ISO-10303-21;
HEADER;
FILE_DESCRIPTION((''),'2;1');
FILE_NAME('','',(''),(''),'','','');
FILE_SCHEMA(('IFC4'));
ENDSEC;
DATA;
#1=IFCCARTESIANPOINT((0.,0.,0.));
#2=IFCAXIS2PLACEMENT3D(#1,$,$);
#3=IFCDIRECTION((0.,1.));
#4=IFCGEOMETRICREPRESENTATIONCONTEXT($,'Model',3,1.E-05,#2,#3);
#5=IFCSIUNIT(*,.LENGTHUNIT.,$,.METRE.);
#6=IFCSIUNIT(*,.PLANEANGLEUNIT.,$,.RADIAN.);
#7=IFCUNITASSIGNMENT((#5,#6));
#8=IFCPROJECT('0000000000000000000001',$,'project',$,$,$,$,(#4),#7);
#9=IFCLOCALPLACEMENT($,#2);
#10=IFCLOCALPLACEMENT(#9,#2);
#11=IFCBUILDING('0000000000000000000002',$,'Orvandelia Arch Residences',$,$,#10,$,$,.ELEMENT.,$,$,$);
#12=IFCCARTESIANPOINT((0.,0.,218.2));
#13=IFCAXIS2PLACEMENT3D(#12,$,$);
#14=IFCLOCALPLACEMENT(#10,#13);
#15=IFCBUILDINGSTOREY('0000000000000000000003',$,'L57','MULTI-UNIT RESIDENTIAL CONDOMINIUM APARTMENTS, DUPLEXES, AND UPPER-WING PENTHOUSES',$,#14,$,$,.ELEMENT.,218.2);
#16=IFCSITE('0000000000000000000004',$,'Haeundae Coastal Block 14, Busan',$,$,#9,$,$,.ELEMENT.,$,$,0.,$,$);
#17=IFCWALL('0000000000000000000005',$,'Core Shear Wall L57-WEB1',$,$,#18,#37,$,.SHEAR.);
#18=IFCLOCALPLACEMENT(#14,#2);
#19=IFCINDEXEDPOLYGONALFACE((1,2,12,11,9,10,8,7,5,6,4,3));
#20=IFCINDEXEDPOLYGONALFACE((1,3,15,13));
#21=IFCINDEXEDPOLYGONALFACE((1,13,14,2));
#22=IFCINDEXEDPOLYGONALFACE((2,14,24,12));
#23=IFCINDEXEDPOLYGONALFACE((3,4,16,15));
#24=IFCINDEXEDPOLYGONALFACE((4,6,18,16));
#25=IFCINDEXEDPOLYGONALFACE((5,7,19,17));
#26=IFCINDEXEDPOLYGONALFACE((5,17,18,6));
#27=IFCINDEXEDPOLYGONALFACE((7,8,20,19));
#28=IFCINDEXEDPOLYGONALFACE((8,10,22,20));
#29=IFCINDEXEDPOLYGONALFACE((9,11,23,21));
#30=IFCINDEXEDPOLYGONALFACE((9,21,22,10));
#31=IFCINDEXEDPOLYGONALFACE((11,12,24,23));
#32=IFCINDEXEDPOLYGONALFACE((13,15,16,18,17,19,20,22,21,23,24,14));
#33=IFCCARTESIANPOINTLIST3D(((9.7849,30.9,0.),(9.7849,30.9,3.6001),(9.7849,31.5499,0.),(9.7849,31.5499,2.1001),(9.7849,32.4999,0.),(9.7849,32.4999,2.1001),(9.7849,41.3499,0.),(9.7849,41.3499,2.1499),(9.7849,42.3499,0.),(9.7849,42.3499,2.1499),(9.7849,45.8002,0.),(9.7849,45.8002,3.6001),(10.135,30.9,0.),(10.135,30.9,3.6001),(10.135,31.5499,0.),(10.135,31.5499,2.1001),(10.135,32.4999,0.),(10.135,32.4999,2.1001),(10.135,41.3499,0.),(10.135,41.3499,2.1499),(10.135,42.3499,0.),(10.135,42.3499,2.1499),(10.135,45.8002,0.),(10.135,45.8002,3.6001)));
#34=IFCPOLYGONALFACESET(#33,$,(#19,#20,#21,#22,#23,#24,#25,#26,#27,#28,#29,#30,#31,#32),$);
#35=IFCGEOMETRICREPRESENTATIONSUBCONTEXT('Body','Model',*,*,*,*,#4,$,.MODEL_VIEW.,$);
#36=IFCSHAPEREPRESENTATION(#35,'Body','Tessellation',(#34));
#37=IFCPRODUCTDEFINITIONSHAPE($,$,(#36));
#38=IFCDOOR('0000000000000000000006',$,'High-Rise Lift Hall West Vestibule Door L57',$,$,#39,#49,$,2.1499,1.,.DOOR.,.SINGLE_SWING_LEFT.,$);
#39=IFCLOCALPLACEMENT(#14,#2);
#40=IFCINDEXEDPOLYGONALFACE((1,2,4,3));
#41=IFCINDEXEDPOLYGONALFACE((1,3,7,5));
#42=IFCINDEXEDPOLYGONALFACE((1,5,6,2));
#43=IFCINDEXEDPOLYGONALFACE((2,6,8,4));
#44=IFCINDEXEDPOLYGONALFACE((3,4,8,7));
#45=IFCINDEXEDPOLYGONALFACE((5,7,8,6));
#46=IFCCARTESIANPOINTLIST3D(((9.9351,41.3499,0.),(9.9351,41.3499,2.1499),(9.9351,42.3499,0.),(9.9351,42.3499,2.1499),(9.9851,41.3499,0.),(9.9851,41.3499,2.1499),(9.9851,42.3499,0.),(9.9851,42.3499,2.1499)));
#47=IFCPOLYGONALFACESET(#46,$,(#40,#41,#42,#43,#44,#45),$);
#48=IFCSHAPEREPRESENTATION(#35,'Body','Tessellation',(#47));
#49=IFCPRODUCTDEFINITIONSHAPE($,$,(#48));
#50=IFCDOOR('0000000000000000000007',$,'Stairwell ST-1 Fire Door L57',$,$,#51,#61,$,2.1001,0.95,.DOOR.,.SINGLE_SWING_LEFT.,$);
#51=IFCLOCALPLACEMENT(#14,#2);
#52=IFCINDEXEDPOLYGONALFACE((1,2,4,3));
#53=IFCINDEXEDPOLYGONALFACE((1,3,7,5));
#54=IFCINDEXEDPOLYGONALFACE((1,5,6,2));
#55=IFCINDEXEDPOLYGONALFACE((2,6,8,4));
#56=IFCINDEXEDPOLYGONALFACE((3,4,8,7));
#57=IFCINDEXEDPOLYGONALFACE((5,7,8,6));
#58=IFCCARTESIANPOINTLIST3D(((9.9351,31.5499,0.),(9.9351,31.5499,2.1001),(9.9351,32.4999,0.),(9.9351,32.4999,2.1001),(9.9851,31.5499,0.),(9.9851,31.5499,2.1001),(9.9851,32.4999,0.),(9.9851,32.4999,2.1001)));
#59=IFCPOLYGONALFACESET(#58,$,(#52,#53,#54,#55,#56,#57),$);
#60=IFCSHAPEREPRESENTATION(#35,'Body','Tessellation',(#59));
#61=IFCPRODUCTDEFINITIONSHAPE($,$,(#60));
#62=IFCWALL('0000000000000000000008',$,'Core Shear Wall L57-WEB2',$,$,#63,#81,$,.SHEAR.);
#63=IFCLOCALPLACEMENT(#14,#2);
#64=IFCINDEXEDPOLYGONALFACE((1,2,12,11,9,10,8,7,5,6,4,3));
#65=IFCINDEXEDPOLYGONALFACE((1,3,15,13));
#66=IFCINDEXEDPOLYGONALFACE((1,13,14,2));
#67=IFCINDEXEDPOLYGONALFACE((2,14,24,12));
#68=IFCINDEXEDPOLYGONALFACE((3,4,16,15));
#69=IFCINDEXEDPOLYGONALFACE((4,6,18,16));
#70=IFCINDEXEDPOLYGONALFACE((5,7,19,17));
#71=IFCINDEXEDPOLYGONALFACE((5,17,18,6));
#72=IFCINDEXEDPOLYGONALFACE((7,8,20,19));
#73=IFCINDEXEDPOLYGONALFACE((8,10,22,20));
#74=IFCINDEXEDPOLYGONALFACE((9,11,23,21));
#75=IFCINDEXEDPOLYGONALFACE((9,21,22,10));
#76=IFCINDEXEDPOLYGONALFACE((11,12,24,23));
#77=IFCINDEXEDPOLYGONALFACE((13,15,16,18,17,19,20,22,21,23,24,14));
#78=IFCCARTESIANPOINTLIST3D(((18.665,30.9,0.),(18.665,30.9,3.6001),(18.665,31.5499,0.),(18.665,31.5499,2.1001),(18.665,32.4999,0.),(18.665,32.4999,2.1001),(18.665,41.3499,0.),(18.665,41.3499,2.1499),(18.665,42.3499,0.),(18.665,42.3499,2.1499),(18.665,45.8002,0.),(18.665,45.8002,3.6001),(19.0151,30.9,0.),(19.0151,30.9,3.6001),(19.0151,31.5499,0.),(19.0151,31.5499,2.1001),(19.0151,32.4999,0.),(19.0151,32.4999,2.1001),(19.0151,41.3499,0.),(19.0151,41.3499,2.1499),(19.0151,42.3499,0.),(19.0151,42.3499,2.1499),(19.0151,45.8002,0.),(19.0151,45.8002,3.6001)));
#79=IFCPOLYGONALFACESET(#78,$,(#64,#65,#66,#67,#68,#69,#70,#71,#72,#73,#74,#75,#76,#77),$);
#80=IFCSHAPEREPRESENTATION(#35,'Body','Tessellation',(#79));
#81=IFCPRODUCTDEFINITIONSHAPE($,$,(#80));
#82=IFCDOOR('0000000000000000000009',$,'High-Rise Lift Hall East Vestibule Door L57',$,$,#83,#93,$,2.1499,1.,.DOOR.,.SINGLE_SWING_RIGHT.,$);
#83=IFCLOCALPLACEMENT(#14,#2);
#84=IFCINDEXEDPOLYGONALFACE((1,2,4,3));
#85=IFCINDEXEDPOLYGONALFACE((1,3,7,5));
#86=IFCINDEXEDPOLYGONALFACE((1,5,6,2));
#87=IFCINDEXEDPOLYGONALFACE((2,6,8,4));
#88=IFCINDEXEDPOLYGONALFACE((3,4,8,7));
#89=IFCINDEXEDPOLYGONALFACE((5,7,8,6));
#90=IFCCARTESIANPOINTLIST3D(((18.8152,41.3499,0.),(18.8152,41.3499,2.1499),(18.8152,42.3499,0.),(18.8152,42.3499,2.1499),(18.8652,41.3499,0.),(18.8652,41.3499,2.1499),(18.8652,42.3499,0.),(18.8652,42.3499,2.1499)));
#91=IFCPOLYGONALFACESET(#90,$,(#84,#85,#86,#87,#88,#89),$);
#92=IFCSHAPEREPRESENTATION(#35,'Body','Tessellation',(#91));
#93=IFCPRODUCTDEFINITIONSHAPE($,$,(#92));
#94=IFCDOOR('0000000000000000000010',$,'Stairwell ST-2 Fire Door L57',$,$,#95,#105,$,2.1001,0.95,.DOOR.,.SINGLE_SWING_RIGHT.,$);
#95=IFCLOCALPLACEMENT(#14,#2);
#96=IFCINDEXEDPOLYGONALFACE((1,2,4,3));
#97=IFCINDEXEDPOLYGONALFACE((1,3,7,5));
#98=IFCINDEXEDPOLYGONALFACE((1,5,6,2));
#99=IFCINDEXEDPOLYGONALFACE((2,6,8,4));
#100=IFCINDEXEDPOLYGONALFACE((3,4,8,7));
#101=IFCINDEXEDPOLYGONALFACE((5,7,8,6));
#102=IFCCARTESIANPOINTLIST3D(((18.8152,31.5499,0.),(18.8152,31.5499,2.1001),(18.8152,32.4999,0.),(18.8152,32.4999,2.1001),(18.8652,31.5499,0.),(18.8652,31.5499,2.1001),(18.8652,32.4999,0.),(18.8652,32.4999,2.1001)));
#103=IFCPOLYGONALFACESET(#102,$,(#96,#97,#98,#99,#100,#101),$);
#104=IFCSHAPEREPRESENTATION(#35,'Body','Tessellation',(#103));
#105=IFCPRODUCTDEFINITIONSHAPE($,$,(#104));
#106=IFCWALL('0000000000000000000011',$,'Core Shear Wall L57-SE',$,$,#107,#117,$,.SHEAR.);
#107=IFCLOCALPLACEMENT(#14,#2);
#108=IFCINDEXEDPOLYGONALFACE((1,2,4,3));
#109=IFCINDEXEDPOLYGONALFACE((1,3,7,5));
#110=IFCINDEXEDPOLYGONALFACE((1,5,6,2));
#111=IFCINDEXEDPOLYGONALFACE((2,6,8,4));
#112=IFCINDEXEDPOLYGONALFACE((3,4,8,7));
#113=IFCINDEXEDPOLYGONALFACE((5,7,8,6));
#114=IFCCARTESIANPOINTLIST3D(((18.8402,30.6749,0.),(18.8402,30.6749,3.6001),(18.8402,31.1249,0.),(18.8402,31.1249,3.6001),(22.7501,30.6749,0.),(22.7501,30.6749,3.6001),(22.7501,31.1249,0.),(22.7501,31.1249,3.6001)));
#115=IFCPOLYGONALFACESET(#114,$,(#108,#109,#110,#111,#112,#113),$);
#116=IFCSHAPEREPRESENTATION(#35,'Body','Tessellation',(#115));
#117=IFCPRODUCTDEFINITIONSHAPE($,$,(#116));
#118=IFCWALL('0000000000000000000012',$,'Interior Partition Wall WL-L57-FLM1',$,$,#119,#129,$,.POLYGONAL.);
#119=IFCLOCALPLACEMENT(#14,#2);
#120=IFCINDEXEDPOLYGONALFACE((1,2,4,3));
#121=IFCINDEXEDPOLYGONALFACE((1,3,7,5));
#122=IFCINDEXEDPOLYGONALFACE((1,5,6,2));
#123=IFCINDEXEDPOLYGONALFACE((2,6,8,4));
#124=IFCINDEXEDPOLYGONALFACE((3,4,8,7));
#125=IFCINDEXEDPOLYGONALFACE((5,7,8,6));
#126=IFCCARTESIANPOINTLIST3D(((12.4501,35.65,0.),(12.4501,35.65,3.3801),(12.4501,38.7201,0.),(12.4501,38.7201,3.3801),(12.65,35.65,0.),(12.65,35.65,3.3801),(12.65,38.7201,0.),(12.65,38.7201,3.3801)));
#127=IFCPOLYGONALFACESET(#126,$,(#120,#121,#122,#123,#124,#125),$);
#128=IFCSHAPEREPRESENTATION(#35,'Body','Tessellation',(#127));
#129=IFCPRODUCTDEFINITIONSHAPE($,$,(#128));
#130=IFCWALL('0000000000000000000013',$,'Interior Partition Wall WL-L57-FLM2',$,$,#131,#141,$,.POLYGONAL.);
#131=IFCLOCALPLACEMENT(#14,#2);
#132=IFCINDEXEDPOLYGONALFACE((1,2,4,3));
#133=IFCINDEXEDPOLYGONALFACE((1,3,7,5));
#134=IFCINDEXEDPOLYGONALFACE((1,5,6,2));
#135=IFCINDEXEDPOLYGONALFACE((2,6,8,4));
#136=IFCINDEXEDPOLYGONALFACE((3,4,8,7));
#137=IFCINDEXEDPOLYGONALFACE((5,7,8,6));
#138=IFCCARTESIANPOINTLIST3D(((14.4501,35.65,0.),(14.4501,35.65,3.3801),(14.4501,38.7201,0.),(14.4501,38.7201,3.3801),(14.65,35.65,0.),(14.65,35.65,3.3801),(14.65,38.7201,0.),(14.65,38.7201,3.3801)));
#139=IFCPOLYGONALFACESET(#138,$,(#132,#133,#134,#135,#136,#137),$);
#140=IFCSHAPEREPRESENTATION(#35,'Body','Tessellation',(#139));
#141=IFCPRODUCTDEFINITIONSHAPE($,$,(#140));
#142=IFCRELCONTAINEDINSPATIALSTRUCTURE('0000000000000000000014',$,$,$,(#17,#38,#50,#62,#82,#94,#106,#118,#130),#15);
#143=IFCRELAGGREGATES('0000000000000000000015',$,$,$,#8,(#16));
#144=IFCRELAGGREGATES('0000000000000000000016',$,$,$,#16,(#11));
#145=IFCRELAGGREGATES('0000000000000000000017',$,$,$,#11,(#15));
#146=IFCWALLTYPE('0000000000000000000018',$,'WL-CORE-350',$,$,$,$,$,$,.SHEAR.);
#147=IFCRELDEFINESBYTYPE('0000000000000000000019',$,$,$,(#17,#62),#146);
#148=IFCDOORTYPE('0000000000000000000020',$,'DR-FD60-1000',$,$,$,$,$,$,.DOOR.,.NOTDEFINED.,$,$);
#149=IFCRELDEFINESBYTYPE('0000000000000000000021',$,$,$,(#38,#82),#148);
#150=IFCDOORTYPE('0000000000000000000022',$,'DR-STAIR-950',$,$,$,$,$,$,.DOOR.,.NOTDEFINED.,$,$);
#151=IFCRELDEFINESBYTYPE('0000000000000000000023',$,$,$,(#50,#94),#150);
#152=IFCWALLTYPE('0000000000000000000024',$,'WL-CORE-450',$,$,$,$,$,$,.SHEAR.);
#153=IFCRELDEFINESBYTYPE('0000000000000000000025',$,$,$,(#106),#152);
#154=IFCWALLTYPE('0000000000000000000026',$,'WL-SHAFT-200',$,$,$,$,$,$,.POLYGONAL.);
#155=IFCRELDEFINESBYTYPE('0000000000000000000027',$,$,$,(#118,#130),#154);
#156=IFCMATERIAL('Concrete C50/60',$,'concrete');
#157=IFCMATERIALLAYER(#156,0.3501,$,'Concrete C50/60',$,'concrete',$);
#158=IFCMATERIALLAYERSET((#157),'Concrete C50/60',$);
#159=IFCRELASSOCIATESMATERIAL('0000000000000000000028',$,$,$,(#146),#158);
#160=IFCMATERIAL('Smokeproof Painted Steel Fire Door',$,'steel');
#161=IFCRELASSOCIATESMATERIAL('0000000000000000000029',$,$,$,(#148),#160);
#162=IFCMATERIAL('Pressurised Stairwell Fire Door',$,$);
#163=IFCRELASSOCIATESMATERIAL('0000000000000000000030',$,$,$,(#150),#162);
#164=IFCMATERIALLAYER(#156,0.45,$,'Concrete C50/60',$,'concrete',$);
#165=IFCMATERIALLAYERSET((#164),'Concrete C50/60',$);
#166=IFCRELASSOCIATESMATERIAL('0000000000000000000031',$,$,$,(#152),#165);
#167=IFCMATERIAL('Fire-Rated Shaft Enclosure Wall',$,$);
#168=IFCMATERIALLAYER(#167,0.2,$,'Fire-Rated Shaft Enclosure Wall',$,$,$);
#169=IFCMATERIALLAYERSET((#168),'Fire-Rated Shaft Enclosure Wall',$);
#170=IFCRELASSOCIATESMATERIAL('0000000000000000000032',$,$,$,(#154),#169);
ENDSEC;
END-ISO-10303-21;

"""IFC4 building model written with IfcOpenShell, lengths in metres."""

from ifc_helpers import new_model, si_unit, direction, frame, frame_2d, origin, place, context, subcontext, project, spatial, rectangle, extrude, material, layer, layer_set, type_object, element, fill, save


model = new_model("IFC4")

# Units and contexts
model_context = context("Model", 3, precision=1e-05, world=origin(), true_north=direction((0.0, 1.0)))
body_context = subcontext(model_context, "Body", "Model", "MODEL_VIEW")
ifc_project = project(units=[si_unit("LENGTHUNIT", "METRE"), si_unit("PLANEANGLEUNIT", "RADIAN")], contexts=[model_context])

# Site, building, storey
site_placement = place(None, origin())
site = spatial("IfcSite", under=ifc_project, at=site_placement, Name="Haeundae Coastal Block 14, Busan", CompositionType="ELEMENT", RefElevation=0.0)
building_placement = place(site_placement, origin())
building = spatial("IfcBuilding", under=site, at=building_placement, Name="Orvandelia Arch Residences", CompositionType="ELEMENT")
storey_placement = place(building_placement, frame((0.0, 0.0, 218.2)))
storey = spatial("IfcBuildingStorey", under=building, at=storey_placement, Name="L57", Description="MULTI-UNIT RESIDENTIAL CONDOMINIUM APARTMENTS, DUPLEXES, AND UPPER-WING PENTHOUSES", CompositionType="ELEMENT", Elevation=218.2)

# Walls, openings, doors
ifc_material_1 = material(Name="Concrete C50/60", Category="concrete")
ifc_layer_1 = layer(ifc_material_1, 0.3501, Name="Concrete C50/60", Category="concrete")
ifc_layer_set_1 = layer_set([ifc_layer_1], Name="Concrete C50/60")
wall_type_1 = type_object("IfcWallType", Name="WL-CORE-350", PredefinedType="SHEAR", material=ifc_layer_set_1)
wall_1_placement = place(storey_placement, frame((9.96, 30.8999, 0.0), z_axis=(0.0, 0.0, 1.0), x_axis=(0.0, 1.0, 0.0)))
wall_1 = element("IfcWall", 1, at=wall_1_placement, inside=storey, type_object=wall_type_1, Name="Core Shear Wall L57-WEB1", PredefinedType="SHEAR", context=body_context, shape_type="SweptSolid", body=[
    extrude(rectangle(XDim=14.9001, YDim=0.3501, at=frame_2d((7.4502, 0.0))), origin(), (0.0, 0.0, 1.0), 3.6001),
])
opening_1_placement = place(wall_1_placement, frame((0.6499, 0.0, 0.0)))
opening_1 = element("IfcOpeningElement", 2, at=opening_1_placement, cuts=wall_1, PredefinedType="OPENING", context=body_context, shape_type="SweptSolid", body=[
    extrude(rectangle(XDim=0.95, YDim=2.1001, at=frame_2d((0.4751, 1.05))), frame((0.0, 0.1851, 0.0), z_axis=(0.0, -1.0, 0.0), x_axis=(1.0, 0.0, 0.0)), (0.0, 0.0, 1.0), 0.3701),
])
opening_2_placement = place(wall_1_placement, frame((10.45, 0.0, 0.0)))
opening_2 = element("IfcOpeningElement", 3, at=opening_2_placement, cuts=wall_1, PredefinedType="OPENING", context=body_context, shape_type="SweptSolid", body=[
    extrude(rectangle(XDim=1.0, YDim=2.1499, at=frame_2d((0.5, 1.075))), frame((0.0, 0.1851, 0.0), z_axis=(0.0, -1.0, 0.0), x_axis=(1.0, 0.0, 0.0)), (0.0, 0.0, 1.0), 0.3701),
])
ifc_material_2 = material(Name="Smokeproof Painted Steel Fire Door", Category="steel")
door_type_1 = type_object("IfcDoorType", Name="DR-FD60-1000", OperationType="NOTDEFINED", PredefinedType="DOOR", material=ifc_material_2)
door_1_placement = place(opening_2_placement, origin())
door_1 = element("IfcDoor", 4, at=door_1_placement, inside=storey, type_object=door_type_1, Name="High-Rise Lift Hall West Vestibule Door L57", OperationType="SINGLE_SWING_LEFT", OverallHeight=2.1499, OverallWidth=1.0, PredefinedType="DOOR", context=body_context, shape_type="SweptSolid", body=[
    extrude(rectangle(XDim=1.0, YDim=2.1499, at=frame_2d((0.5, 1.075))), frame((0.0, 0.0249, 0.0), z_axis=(0.0, -1.0, 0.0), x_axis=(1.0, 0.0, 0.0)), (0.0, 0.0, 1.0), 0.05),
])
fill(opening_2, door_1)
ifc_material_3 = material(Name="Pressurised Stairwell Fire Door")
door_type_2 = type_object("IfcDoorType", Name="DR-STAIR-950", OperationType="NOTDEFINED", PredefinedType="DOOR", material=ifc_material_3)
door_2_placement = place(opening_1_placement, origin())
door_2 = element("IfcDoor", 5, at=door_2_placement, inside=storey, type_object=door_type_2, Name="Stairwell ST-1 Fire Door L57", OperationType="SINGLE_SWING_LEFT", OverallHeight=2.1001, OverallWidth=0.95, PredefinedType="DOOR", context=body_context, shape_type="SweptSolid", body=[
    extrude(rectangle(XDim=0.95, YDim=2.1001, at=frame_2d((0.4751, 1.05))), frame((0.0, 0.0249, 0.0), z_axis=(0.0, -1.0, 0.0), x_axis=(1.0, 0.0, 0.0)), (0.0, 0.0, 1.0), 0.05),
])
fill(opening_1, door_2)
wall_2_placement = place(storey_placement, frame((18.8401, 30.8999, 0.0), z_axis=(0.0, 0.0, 1.0), x_axis=(0.0, 1.0, 0.0)))
wall_2 = element("IfcWall", 6, at=wall_2_placement, inside=storey, type_object=wall_type_1, Name="Core Shear Wall L57-WEB2", PredefinedType="SHEAR", context=body_context, shape_type="SweptSolid", body=[
    extrude(rectangle(XDim=14.9001, YDim=0.3501, at=frame_2d((7.4502, 0.0))), origin(), (0.0, 0.0, 1.0), 3.6001),
])
opening_3_placement = place(wall_2_placement, frame((0.6499, 0.0, 0.0)))
opening_3 = element("IfcOpeningElement", 7, at=opening_3_placement, cuts=wall_2, PredefinedType="OPENING", context=body_context, shape_type="SweptSolid", body=[
    extrude(rectangle(XDim=0.95, YDim=2.1001, at=frame_2d((0.4751, 1.05))), frame((0.0, 0.1851, 0.0), z_axis=(0.0, -1.0, 0.0), x_axis=(1.0, 0.0, 0.0)), (0.0, 0.0, 1.0), 0.3701),
])
opening_4_placement = place(wall_2_placement, frame((10.45, 0.0, 0.0)))
opening_4 = element("IfcOpeningElement", 8, at=opening_4_placement, cuts=wall_2, PredefinedType="OPENING", context=body_context, shape_type="SweptSolid", body=[
    extrude(rectangle(XDim=1.0, YDim=2.1499, at=frame_2d((0.5, 1.075))), frame((0.0, 0.1851, 0.0), z_axis=(0.0, -1.0, 0.0), x_axis=(1.0, 0.0, 0.0)), (0.0, 0.0, 1.0), 0.3701),
])
door_3_placement = place(opening_4_placement, origin())
door_3 = element("IfcDoor", 9, at=door_3_placement, inside=storey, type_object=door_type_1, Name="High-Rise Lift Hall East Vestibule Door L57", OperationType="SINGLE_SWING_RIGHT", OverallHeight=2.1499, OverallWidth=1.0, PredefinedType="DOOR", context=body_context, shape_type="SweptSolid", body=[
    extrude(rectangle(XDim=1.0, YDim=2.1499, at=frame_2d((0.5, 1.075))), frame((0.0, 0.0249, 0.0), z_axis=(0.0, -1.0, 0.0), x_axis=(1.0, 0.0, 0.0)), (0.0, 0.0, 1.0), 0.05),
])
fill(opening_4, door_3)
door_4_placement = place(opening_3_placement, origin())
door_4 = element("IfcDoor", 10, at=door_4_placement, inside=storey, type_object=door_type_2, Name="Stairwell ST-2 Fire Door L57", OperationType="SINGLE_SWING_RIGHT", OverallHeight=2.1001, OverallWidth=0.95, PredefinedType="DOOR", context=body_context, shape_type="SweptSolid", body=[
    extrude(rectangle(XDim=0.95, YDim=2.1001, at=frame_2d((0.4751, 1.05))), frame((0.0, 0.0249, 0.0), z_axis=(0.0, -1.0, 0.0), x_axis=(1.0, 0.0, 0.0)), (0.0, 0.0, 1.0), 0.05),
])
fill(opening_3, door_4)

# Shared definitions
ifc_layer_2 = layer(ifc_material_1, 0.45, Name="Concrete C50/60", Category="concrete")
ifc_layer_set_2 = layer_set([ifc_layer_2], Name="Concrete C50/60")
wall_type_2 = type_object("IfcWallType", Name="WL-CORE-450", PredefinedType="SHEAR", material=ifc_layer_set_2)

# Walls
wall_3_placement = place(storey_placement, frame((18.8401, 30.8999, 0.0), z_axis=(0.0, 0.0, 1.0), x_axis=(1.0, 0.0, 0.0)))
element("IfcWall", 11, at=wall_3_placement, inside=storey, type_object=wall_type_2, Name="Core Shear Wall L57-SE", PredefinedType="SHEAR", context=body_context, shape_type="SweptSolid", body=[
    extrude(rectangle(XDim=3.9099, YDim=0.45, at=frame_2d((1.9551, 0.0))), origin(), (0.0, 0.0, 1.0), 3.6001),
])
ifc_material_4 = material(Name="Fire-Rated Shaft Enclosure Wall")
ifc_layer_3 = layer(ifc_material_4, 0.2, Name="Fire-Rated Shaft Enclosure Wall")
ifc_layer_set_3 = layer_set([ifc_layer_3], Name="Fire-Rated Shaft Enclosure Wall")
wall_type_3 = type_object("IfcWallType", Name="WL-SHAFT-200", PredefinedType="POLYGONAL", material=ifc_layer_set_3)
for number, where, z_axis, x_axis, name in (
    (12, (12.55, 35.6499, 0.0), (0.0, 0.0, 1.0), (0.0, 1.0, 0.0), "Interior Partition Wall WL-L57-FLM1"),
    (13, (14.55, 35.6499, 0.0), (0.0, 0.0, 1.0), (0.0, 1.0, 0.0), "Interior Partition Wall WL-L57-FLM2"),
):
    element("IfcWall", number, at=place(storey_placement, frame(where, z_axis=z_axis, x_axis=x_axis)), inside=storey, type_object=wall_type_3, Name=name, PredefinedType="POLYGONAL", context=body_context, shape_type="SweptSolid", body=[
        extrude(rectangle(XDim=3.0701, YDim=0.2, at=frame_2d((1.5352, 0.0))), origin(), (0.0, 0.0, 1.0), 3.3801),
    ])

save(model, "model.ifc")
